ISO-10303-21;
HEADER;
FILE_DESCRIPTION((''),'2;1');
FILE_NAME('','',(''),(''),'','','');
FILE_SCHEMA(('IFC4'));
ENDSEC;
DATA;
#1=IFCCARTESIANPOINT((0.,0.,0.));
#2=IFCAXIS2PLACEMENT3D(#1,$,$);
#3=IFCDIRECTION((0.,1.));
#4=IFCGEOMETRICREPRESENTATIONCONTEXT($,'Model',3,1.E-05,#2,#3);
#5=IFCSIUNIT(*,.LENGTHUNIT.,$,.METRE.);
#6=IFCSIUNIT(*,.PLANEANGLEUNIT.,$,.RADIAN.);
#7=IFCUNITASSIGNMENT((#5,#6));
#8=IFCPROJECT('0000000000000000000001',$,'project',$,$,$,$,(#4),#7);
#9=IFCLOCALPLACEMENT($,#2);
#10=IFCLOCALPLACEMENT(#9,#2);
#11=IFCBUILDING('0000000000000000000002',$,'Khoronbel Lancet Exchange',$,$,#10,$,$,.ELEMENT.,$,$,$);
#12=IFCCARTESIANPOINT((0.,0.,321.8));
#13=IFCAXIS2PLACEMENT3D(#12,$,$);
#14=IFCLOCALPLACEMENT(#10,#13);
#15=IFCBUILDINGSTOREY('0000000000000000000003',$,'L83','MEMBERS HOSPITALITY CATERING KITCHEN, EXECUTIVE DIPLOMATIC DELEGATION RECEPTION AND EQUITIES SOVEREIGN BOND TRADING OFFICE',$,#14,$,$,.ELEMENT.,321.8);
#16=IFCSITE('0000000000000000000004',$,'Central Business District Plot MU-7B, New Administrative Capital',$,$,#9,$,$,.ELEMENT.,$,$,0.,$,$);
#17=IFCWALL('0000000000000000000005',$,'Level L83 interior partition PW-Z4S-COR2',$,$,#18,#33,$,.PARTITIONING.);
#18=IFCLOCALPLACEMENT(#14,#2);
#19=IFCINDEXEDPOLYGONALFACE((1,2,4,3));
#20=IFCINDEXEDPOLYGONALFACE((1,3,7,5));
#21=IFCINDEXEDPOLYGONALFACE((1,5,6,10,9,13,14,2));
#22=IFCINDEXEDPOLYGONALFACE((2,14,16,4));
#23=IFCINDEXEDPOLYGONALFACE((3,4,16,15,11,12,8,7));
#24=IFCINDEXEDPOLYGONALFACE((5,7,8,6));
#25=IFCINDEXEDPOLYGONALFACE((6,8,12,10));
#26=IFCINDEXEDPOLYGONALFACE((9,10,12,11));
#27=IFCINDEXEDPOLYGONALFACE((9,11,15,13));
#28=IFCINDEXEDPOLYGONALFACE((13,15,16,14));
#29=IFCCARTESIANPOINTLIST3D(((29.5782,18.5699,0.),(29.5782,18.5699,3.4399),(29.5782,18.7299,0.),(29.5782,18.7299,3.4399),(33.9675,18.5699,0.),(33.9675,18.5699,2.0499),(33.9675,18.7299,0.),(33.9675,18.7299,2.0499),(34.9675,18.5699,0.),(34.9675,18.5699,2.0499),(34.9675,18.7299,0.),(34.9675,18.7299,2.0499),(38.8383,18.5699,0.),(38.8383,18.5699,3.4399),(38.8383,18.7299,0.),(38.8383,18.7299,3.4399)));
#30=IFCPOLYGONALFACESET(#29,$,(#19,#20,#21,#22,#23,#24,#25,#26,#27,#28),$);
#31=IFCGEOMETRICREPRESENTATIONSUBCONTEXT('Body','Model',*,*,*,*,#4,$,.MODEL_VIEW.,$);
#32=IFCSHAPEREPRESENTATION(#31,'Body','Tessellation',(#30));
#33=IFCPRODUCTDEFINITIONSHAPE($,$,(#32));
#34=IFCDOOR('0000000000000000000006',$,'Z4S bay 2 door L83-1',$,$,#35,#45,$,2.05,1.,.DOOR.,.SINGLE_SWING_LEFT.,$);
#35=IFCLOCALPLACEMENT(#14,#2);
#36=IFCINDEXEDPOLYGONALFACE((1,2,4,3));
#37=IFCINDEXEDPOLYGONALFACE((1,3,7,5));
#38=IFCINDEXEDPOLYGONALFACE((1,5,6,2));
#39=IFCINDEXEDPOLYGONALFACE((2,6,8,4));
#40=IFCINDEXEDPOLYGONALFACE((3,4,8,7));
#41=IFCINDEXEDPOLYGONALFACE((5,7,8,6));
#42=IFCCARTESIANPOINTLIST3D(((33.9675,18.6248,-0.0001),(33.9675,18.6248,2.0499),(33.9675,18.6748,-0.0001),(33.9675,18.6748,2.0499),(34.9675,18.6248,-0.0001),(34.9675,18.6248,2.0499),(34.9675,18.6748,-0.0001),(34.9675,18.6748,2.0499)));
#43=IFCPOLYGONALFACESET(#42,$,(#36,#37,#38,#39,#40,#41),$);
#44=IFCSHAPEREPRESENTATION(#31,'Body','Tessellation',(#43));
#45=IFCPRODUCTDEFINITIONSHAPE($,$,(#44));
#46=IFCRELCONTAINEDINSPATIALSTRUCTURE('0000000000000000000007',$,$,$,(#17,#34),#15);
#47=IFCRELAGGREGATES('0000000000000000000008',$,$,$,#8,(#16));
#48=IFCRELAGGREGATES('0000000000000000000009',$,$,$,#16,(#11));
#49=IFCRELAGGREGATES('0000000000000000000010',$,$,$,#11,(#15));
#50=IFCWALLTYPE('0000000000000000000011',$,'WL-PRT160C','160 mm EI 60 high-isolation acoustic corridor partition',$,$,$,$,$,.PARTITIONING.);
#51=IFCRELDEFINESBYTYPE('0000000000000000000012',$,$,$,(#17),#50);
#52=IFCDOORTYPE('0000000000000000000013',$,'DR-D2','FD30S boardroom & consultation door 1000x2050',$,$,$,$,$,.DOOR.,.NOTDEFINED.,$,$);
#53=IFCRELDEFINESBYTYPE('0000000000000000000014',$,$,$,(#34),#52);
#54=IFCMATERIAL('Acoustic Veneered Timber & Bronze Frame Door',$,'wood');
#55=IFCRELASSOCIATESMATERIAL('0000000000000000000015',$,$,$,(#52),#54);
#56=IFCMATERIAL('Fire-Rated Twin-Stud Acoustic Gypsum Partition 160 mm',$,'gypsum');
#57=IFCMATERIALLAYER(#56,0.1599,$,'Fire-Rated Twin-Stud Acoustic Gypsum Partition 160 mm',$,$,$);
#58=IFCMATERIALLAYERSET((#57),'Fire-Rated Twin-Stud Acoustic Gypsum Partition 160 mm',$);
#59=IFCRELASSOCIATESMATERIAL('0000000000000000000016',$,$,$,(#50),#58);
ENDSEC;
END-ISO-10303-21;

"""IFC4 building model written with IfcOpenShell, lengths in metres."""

from ifc_helpers import new_model, si_unit, direction, frame, frame_2d, origin, place, context, subcontext, project, spatial, rectangle, extrude, material, layer, layer_set, type_object, element, fill, save


model = new_model("IFC4")

# Units and contexts
model_context = context("Model", 3, precision=1e-05, world=origin(), true_north=direction((0.0, 1.0)))
body_context = subcontext(model_context, "Body", "Model", "MODEL_VIEW")
ifc_project = project(units=[si_unit("LENGTHUNIT", "METRE"), si_unit("PLANEANGLEUNIT", "RADIAN")], contexts=[model_context])

# Site, building, storey
site_placement = place(None, origin())
site = spatial("IfcSite", under=ifc_project, at=site_placement, Name="Central Business District Plot MU-7B, New Administrative Capital", CompositionType="ELEMENT", RefElevation=0.0)
building_placement = place(site_placement, origin())
building = spatial("IfcBuilding", under=site, at=building_placement, Name="Khoronbel Lancet Exchange", CompositionType="ELEMENT")
storey_placement = place(building_placement, frame((0.0, 0.0, 321.8)))
storey = spatial("IfcBuildingStorey", under=building, at=storey_placement, Name="L83", Description="MEMBERS HOSPITALITY CATERING KITCHEN, EXECUTIVE DIPLOMATIC DELEGATION RECEPTION AND EQUITIES SOVEREIGN BOND TRADING OFFICE", CompositionType="ELEMENT", Elevation=321.8)

# Shared definitions
ifc_material_1 = material(Name="Acoustic Veneered Timber & Bronze Frame Door", Category="wood")
door_type_1 = type_object("IfcDoorType", Name="DR-D2", Description="FD30S boardroom & consultation door 1000x2050", OperationType="NOTDEFINED", PredefinedType="DOOR", material=ifc_material_1)

# Wall, opening, door
ifc_material_2 = material(Name="Fire-Rated Twin-Stud Acoustic Gypsum Partition 160 mm", Category="gypsum")
ifc_layer_1 = layer(ifc_material_2, 0.1599, Name="Fire-Rated Twin-Stud Acoustic Gypsum Partition 160 mm")
ifc_layer_set_1 = layer_set([ifc_layer_1], Name="Fire-Rated Twin-Stud Acoustic Gypsum Partition 160 mm")
wall_type_1 = type_object("IfcWallType", Name="WL-PRT160C", Description="160 mm EI 60 high-isolation acoustic corridor partition", PredefinedType="PARTITIONING", material=ifc_layer_set_1)
wall_1_placement = place(storey_placement, frame((29.5784, 18.6499, 0.0), z_axis=(0.0, 0.0, 1.0), x_axis=(1.0, 0.0, 0.0)))
wall_1 = element("IfcWall", 1, at=wall_1_placement, inside=storey, type_object=wall_type_1, Name="Level L83 interior partition PW-Z4S-COR2", PredefinedType="PARTITIONING", context=body_context, shape_type="SweptSolid", body=[
    extrude(rectangle(XDim=9.26, YDim=0.1599, at=frame_2d((4.6299, 0.0))), origin(), (0.0, 0.0, 1.0), 3.4399),
])
opening_1_placement = place(wall_1_placement, frame((4.3892, 0.0, 0.0)))
opening_1 = element("IfcOpeningElement", 2, at=opening_1_placement, cuts=wall_1, PredefinedType="OPENING", context=body_context, shape_type="SweptSolid", body=[
    extrude(rectangle(XDim=1.0, YDim=2.05, at=frame_2d((0.5, 1.0249))), frame((0.0, 0.0898, 0.0), z_axis=(0.0, -1.0, 0.0), x_axis=(1.0, 0.0, 0.0)), (0.0, 0.0, 1.0), 0.1799),
])
door_1_placement = place(opening_1_placement, origin())
door_1 = element("IfcDoor", 3, at=door_1_placement, inside=storey, type_object=door_type_1, Name="Z4S bay 2 door L83-1", OperationType="SINGLE_SWING_LEFT", OverallHeight=2.05, OverallWidth=1.0, PredefinedType="DOOR", context=body_context, shape_type="SweptSolid", body=[
    extrude(rectangle(XDim=1.0, YDim=2.05, at=frame_2d((0.5, 1.0249))), frame((0.0, 0.0249, 0.0), z_axis=(0.0, -1.0, 0.0), x_axis=(1.0, 0.0, 0.0)), (0.0, 0.0, 1.0), 0.05),
])
fill(opening_1, door_1)

save(model, "model.ifc")
